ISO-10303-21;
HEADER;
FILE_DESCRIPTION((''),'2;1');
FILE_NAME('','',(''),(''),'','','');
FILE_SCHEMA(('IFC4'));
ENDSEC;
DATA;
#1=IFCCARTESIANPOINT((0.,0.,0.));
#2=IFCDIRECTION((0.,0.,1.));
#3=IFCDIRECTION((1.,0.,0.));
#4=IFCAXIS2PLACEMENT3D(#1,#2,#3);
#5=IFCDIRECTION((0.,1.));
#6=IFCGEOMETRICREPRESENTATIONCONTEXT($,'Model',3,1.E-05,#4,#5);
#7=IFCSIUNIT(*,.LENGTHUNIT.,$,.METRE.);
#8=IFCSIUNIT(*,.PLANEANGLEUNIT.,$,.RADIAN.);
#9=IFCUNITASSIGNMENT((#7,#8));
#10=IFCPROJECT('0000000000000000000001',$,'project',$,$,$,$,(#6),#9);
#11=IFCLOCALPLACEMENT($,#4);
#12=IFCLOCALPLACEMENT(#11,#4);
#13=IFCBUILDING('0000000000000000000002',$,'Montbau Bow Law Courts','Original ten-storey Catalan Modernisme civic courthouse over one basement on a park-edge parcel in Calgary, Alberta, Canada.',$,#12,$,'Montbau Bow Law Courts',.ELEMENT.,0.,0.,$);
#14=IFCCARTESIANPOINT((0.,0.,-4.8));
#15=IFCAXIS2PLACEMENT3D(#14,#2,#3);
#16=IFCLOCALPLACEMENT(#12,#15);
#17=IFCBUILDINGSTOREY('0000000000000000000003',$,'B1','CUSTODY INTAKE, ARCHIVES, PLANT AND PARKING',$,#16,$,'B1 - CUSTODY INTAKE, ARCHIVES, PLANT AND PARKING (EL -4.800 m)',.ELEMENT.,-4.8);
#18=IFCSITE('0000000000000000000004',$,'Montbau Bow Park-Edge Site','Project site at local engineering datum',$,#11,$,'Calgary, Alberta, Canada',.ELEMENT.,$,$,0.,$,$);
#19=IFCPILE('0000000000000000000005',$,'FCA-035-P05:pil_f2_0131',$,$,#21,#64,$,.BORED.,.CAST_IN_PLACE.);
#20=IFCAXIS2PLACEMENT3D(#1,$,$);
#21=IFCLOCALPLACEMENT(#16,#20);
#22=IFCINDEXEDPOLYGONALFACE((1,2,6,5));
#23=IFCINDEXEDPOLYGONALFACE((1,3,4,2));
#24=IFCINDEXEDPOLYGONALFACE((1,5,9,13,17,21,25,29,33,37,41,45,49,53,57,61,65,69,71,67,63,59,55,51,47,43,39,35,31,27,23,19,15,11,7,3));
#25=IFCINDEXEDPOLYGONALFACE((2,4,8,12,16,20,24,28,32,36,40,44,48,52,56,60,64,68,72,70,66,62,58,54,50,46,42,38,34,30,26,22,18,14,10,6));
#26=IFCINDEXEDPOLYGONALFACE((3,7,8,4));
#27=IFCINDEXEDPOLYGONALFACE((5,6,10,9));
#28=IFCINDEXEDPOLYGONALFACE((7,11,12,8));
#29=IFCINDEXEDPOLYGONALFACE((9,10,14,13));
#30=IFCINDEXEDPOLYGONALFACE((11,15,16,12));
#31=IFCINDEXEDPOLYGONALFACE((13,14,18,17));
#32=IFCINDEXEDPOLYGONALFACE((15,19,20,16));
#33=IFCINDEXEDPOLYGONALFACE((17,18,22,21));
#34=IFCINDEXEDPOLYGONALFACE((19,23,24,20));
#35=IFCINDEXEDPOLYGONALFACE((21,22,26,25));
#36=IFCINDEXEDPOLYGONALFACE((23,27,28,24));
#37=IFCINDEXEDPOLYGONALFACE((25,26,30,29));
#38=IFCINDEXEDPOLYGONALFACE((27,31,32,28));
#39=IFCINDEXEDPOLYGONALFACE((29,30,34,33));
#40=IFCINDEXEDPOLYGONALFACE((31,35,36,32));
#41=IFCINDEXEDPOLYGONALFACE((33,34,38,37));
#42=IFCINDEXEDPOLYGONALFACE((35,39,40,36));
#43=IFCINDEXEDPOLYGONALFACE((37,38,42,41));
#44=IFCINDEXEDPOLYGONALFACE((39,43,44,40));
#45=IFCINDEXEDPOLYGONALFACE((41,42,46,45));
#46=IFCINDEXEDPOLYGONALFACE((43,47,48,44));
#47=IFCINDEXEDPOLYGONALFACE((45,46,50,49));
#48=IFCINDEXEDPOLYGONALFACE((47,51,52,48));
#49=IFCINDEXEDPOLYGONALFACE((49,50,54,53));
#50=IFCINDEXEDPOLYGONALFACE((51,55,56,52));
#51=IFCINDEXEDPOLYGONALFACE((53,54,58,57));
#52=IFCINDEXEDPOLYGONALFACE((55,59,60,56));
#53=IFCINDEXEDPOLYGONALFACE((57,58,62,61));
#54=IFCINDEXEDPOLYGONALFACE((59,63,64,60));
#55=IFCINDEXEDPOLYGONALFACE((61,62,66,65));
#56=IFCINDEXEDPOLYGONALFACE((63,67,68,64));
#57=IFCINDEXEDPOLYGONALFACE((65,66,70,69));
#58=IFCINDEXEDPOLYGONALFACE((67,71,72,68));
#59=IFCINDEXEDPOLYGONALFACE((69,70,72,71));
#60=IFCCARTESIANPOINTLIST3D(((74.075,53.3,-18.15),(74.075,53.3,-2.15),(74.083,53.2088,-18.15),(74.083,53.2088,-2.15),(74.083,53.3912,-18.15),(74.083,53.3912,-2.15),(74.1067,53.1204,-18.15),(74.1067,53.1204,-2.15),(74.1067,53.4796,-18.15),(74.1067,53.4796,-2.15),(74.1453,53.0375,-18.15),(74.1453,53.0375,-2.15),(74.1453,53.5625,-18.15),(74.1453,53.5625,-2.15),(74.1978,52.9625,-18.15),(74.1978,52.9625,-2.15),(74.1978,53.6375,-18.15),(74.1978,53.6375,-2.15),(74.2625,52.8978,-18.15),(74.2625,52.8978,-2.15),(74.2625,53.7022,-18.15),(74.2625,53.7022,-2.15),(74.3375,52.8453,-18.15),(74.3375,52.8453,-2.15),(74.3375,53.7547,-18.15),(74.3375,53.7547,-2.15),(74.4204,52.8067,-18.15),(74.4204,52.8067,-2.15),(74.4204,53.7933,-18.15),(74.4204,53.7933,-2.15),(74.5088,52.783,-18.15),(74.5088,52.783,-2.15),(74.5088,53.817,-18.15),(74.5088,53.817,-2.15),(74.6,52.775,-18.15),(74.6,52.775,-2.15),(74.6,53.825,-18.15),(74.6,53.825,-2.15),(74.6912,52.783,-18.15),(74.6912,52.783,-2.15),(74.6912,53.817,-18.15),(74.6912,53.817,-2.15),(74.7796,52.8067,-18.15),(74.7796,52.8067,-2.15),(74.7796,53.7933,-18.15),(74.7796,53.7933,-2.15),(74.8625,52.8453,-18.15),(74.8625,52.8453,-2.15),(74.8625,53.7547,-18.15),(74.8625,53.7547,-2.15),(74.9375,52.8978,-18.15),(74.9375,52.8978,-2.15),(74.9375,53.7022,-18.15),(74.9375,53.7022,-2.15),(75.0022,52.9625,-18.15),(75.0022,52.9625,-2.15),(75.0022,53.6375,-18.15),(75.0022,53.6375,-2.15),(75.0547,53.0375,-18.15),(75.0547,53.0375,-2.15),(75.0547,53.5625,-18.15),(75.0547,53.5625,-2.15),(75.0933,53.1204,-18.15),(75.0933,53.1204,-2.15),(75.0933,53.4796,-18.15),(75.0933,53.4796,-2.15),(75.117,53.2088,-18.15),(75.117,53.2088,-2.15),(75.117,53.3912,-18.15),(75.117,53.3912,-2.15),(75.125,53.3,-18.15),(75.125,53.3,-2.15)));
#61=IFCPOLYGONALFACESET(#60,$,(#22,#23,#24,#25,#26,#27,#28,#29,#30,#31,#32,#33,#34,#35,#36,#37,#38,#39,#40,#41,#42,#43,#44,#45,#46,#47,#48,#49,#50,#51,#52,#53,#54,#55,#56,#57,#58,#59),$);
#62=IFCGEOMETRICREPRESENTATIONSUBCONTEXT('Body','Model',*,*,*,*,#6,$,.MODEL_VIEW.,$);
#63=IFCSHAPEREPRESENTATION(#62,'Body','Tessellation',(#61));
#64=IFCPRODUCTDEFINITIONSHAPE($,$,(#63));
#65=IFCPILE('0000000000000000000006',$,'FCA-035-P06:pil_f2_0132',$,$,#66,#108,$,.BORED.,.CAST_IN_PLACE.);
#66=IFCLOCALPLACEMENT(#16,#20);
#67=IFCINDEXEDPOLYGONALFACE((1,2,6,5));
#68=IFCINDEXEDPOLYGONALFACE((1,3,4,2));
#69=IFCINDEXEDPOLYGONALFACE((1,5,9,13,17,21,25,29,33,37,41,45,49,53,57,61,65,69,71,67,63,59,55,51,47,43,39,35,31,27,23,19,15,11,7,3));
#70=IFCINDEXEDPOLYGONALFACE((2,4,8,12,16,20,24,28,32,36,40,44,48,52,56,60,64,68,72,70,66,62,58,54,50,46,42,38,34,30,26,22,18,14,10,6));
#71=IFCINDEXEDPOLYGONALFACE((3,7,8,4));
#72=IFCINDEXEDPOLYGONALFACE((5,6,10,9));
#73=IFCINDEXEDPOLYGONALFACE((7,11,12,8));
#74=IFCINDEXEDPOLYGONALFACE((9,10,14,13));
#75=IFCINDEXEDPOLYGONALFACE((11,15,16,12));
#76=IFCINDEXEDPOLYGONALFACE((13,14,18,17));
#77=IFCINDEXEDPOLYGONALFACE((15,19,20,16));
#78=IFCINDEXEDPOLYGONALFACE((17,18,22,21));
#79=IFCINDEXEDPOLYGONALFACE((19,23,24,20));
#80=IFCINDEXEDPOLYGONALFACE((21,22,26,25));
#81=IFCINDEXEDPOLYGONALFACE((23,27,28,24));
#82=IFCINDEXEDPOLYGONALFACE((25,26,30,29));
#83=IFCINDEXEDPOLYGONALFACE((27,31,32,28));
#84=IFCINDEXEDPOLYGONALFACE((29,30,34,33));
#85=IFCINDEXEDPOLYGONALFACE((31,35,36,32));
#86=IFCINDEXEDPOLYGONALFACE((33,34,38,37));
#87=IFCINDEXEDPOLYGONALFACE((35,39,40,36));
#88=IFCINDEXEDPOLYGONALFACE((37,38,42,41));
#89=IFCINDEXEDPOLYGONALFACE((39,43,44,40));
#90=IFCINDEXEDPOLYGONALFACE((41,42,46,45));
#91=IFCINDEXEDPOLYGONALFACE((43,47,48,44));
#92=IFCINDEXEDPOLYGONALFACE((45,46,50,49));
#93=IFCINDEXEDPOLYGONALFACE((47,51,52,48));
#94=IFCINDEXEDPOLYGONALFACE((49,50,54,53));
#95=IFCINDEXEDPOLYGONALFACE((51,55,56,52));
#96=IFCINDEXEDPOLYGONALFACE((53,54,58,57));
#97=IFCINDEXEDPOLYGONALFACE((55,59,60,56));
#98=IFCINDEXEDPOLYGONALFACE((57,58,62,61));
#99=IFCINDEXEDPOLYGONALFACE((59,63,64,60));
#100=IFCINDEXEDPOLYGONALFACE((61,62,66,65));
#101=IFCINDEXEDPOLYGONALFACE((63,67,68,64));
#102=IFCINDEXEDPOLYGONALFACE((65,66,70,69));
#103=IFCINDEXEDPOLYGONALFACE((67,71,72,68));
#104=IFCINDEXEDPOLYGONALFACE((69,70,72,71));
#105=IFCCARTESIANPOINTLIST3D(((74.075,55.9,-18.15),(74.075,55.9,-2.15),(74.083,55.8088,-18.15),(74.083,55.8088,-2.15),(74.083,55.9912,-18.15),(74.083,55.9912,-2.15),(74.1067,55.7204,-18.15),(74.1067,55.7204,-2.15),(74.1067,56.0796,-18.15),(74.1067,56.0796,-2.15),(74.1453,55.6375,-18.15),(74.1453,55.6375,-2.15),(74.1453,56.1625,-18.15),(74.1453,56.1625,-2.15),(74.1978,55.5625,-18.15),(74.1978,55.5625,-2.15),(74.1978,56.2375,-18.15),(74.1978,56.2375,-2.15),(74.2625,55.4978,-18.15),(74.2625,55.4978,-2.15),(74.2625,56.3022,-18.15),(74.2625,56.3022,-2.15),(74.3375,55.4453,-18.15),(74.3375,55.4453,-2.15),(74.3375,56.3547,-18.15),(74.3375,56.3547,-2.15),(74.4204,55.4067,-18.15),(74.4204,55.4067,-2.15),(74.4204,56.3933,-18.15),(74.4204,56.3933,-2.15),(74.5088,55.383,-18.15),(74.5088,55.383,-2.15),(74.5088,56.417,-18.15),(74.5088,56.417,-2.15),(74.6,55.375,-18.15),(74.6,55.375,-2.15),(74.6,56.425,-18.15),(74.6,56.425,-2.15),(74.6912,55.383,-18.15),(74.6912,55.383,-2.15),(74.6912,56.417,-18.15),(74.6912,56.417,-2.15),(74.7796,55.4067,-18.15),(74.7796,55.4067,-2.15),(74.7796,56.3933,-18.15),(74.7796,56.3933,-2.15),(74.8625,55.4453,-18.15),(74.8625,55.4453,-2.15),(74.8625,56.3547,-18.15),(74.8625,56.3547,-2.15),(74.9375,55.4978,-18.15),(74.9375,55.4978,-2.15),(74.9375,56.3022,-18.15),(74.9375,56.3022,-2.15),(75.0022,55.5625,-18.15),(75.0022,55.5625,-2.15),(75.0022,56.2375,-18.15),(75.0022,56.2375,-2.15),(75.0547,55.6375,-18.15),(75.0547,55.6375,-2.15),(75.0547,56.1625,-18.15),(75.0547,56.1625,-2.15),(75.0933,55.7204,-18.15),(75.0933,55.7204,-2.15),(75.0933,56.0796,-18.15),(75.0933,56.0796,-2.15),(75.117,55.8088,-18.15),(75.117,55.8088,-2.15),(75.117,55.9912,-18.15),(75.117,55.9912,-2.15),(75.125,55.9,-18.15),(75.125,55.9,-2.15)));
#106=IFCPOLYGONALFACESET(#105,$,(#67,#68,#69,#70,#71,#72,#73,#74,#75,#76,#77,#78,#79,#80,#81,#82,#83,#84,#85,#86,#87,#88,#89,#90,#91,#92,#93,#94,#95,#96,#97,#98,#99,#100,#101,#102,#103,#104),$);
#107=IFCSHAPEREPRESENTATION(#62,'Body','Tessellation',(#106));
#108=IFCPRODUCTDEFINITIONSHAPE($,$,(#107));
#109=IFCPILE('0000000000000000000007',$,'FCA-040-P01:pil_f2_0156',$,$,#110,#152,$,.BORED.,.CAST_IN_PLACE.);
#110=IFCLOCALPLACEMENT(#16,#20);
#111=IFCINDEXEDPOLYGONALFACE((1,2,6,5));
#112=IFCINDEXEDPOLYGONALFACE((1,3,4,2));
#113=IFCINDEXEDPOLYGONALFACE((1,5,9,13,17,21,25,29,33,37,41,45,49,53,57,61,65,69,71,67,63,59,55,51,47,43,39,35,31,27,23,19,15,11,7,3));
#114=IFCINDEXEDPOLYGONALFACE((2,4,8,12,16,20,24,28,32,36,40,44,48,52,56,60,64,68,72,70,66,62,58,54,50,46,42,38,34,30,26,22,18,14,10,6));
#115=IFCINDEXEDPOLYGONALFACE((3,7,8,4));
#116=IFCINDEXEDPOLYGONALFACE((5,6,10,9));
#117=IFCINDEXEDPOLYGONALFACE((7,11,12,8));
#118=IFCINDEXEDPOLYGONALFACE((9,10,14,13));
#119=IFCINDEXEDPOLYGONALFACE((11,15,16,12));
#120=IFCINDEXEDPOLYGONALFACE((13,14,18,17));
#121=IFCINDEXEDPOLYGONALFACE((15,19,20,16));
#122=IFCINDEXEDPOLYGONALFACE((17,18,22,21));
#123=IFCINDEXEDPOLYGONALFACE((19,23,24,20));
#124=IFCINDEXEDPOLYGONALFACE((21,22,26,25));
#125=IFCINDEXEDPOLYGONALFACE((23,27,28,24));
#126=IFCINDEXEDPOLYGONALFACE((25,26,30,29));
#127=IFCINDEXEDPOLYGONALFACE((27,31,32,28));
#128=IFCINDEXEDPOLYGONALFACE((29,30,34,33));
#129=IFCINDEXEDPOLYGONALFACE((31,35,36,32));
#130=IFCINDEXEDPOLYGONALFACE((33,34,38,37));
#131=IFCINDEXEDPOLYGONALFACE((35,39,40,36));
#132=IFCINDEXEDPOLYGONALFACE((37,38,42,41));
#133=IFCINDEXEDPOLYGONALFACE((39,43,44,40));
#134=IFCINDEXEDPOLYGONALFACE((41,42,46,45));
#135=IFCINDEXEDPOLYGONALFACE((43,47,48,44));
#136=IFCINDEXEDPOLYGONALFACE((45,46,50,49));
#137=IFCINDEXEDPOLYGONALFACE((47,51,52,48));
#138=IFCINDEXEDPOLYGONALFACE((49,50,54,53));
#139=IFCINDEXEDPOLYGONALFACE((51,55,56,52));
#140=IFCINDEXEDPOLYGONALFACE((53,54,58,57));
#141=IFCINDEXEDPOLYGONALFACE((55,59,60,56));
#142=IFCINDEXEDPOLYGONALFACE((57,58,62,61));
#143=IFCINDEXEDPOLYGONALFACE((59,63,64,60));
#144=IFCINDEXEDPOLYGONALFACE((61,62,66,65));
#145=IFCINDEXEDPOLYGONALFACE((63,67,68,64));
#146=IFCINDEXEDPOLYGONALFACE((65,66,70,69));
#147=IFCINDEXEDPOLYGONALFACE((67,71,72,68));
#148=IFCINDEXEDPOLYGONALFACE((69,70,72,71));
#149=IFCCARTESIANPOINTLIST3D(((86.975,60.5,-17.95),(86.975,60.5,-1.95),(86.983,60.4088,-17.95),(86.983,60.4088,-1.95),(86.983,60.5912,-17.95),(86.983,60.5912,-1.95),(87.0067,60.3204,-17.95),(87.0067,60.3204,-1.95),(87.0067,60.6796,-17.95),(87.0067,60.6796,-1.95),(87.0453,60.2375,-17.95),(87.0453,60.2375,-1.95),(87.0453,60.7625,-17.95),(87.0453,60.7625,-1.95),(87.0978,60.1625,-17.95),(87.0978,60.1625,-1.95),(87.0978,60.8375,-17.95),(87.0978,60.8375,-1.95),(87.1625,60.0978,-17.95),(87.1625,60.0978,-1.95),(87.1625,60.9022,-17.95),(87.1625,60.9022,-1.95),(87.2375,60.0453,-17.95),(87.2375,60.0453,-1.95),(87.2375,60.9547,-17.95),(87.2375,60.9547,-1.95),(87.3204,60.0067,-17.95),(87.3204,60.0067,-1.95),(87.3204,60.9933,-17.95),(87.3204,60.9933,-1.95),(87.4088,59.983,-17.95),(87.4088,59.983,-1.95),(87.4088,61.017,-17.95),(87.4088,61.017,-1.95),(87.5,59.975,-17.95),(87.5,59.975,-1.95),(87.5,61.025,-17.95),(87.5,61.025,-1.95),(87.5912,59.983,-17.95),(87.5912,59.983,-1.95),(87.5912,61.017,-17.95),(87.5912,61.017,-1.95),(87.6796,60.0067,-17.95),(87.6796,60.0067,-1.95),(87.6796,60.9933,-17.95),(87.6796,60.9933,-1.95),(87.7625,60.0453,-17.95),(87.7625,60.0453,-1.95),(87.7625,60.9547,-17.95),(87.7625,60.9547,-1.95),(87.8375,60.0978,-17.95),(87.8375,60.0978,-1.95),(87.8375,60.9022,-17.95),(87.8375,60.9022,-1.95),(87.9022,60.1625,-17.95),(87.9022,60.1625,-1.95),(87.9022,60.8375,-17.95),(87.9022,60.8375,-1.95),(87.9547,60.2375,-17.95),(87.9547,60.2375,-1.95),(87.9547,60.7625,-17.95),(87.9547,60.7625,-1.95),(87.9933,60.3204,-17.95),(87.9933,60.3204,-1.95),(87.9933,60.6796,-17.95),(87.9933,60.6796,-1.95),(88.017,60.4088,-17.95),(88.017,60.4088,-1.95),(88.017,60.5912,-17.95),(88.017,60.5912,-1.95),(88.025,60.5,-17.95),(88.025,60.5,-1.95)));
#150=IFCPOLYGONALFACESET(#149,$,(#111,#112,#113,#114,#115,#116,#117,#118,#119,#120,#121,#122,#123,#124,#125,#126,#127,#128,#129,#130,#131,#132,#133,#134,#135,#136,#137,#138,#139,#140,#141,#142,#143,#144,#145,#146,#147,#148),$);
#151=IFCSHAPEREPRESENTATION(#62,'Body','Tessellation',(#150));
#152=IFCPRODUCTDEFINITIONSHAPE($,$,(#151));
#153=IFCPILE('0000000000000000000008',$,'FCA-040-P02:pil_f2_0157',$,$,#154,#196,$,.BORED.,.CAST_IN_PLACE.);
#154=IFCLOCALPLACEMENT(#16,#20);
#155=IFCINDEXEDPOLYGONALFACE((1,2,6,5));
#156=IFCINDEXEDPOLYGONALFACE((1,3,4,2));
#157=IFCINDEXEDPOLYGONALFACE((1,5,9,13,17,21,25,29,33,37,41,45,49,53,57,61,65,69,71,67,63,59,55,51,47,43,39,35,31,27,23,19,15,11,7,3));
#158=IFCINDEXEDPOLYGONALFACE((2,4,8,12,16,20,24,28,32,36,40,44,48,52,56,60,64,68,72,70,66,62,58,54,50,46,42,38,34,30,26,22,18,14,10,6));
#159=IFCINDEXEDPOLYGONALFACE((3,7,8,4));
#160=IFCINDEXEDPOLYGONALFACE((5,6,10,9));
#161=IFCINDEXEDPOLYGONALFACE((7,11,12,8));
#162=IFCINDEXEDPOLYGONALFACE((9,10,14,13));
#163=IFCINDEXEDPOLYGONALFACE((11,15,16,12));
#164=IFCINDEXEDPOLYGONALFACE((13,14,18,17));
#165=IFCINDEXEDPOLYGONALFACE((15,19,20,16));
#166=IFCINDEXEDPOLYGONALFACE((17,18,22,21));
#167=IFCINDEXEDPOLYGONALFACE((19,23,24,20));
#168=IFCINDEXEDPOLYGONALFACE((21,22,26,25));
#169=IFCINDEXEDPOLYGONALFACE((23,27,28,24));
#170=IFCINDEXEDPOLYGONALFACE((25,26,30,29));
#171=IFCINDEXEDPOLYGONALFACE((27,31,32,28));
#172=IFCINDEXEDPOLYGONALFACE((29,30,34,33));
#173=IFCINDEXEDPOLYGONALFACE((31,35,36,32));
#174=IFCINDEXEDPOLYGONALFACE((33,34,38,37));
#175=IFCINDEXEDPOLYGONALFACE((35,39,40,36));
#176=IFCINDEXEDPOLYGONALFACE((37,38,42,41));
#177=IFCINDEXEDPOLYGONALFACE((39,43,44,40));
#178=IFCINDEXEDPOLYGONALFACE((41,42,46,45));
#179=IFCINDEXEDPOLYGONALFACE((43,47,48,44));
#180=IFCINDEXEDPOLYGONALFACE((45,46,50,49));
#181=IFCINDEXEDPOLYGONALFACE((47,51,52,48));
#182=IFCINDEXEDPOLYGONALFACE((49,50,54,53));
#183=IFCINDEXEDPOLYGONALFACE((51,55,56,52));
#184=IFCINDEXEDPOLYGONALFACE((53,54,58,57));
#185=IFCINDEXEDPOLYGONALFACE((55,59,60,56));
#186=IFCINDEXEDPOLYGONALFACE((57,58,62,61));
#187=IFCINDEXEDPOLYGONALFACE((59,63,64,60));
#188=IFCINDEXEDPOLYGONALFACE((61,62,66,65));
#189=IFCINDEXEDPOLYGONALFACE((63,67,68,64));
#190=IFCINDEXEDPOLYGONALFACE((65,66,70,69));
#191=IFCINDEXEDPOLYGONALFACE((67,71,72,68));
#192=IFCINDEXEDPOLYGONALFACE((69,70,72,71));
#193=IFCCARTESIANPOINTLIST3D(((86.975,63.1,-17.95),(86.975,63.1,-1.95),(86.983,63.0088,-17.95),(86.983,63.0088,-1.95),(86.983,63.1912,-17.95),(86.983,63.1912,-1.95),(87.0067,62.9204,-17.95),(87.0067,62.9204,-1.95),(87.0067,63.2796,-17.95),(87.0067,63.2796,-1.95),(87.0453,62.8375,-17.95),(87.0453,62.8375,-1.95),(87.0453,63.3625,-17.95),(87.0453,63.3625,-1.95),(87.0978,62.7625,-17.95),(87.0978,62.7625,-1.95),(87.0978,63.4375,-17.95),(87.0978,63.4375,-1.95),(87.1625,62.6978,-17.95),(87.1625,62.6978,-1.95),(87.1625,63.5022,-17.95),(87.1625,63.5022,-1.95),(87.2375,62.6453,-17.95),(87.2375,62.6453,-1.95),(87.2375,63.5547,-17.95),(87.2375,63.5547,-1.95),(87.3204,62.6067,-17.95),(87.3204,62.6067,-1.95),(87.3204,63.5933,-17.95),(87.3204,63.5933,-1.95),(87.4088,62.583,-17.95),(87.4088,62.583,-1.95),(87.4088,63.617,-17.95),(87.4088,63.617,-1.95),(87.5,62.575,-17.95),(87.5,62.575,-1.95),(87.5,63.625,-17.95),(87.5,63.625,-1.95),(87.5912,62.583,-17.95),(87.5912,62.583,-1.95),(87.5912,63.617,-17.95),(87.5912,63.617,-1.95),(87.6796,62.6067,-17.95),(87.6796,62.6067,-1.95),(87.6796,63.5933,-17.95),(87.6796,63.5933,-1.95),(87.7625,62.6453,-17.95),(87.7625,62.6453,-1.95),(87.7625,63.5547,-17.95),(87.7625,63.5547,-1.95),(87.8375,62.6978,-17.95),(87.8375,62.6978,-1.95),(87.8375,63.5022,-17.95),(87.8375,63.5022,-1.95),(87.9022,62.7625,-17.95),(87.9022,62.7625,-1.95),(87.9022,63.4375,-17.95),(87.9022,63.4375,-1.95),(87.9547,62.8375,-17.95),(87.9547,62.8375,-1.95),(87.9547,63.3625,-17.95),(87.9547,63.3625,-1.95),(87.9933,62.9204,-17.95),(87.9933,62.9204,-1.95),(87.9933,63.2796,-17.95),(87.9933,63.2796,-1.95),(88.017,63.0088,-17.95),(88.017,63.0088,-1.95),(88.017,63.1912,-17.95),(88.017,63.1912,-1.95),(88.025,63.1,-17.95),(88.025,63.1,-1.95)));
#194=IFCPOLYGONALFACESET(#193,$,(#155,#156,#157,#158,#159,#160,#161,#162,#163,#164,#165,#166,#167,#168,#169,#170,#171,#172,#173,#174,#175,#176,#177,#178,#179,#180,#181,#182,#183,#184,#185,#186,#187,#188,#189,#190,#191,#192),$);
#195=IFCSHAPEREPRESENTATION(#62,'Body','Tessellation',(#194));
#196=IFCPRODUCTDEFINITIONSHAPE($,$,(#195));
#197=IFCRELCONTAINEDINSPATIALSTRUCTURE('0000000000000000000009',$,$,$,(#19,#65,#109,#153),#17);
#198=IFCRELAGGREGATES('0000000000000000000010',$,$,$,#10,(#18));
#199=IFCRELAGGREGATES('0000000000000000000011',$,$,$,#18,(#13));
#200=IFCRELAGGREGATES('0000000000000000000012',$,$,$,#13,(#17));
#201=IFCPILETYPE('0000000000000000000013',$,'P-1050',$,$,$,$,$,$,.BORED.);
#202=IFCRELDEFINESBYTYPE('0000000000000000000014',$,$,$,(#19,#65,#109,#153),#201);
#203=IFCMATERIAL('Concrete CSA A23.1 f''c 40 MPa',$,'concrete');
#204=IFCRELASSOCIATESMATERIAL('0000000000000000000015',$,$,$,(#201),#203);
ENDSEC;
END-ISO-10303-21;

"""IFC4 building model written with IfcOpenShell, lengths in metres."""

from ifc_helpers import new_model, si_unit, direction, frame, origin_with_axes, origin_2d_with_axis, place, context, subcontext, project, spatial, circle, extrude, material, material_profile, profile_set, type_object, element, save


model = new_model("IFC4")

# Units and contexts
model_context = context("Model", 3, precision=1e-05, world=origin_with_axes(), true_north=direction((0.0, 1.0)))
body_context = subcontext(model_context, "Body", "Model", "MODEL_VIEW")
ifc_project = project(units=[si_unit("LENGTHUNIT", "METRE"), si_unit("PLANEANGLEUNIT", "RADIAN")], contexts=[model_context])

# Site, building, storey
site_placement = place(None, origin_with_axes())
site = spatial("IfcSite", under=ifc_project, at=site_placement, Name="Montbau Bow Park-Edge Site", Description="Project site at local engineering datum", LongName="Calgary, Alberta, Canada", CompositionType="ELEMENT", RefElevation=0.0)
building_placement = place(site_placement, origin_with_axes())
building = spatial("IfcBuilding", under=site, at=building_placement, Name="Montbau Bow Law Courts", Description="Original ten-storey Catalan Modernisme civic courthouse over one basement on a park-edge parcel in Calgary, Alberta, Canada.", LongName="Montbau Bow Law Courts", CompositionType="ELEMENT", ElevationOfRefHeight=0.0, ElevationOfTerrain=0.0)
storey_placement = place(building_placement, frame((0.0, 0.0, -4.8), z_axis=(0.0, 0.0, 1.0), x_axis=(1.0, 0.0, 0.0)))
storey = spatial("IfcBuildingStorey", under=building, at=storey_placement, Name="B1", Description="CUSTODY INTAKE, ARCHIVES, PLANT AND PARKING", LongName="B1 - CUSTODY INTAKE, ARCHIVES, PLANT AND PARKING (EL -4.800 m)", CompositionType="ELEMENT", Elevation=-4.8)

# Piles
ifc_material_1 = material(Name="Concrete CSA A23.1 f'c 40 MPa", Category="concrete")
ifc_material_profile_1 = material_profile(ifc_material_1, circle(Radius=0.525, at=origin_2d_with_axis()), Name="BP1050", Category="Main", Priority=0)
ifc_profile_set_1 = profile_set([ifc_material_profile_1], Name="Concrete CSA A23.1 f'c 40 MPa")
pile_type_1 = type_object("IfcPileType", Name="P-1050", PredefinedType="BORED", material=ifc_profile_set_1)
for number, where, z_axis, x_axis, name in (
    (1, (74.6, 53.3, -22.95), (0.0, 0.0, 1.0), (1.0, 0.0, 0.0), "FCA-035-P05:pil_f2_0131"),
    (2, (74.6, 55.9, -22.95), (0.0, 0.0, 1.0), (1.0, 0.0, 0.0), "FCA-035-P06:pil_f2_0132"),
    (3, (87.5, 60.5, -22.75), (0.0, 0.0, 1.0), (1.0, 0.0, 0.0), "FCA-040-P01:pil_f2_0156"),
    (4, (87.5, 63.1, -22.75), (0.0, 0.0, 1.0), (1.0, 0.0, 0.0), "FCA-040-P02:pil_f2_0157"),
):
    element("IfcPile", number, at=place(None, frame(where, z_axis=z_axis, x_axis=x_axis)), inside=storey, type_object=pile_type_1, Name=name, ConstructionType="CAST_IN_PLACE", PredefinedType="BORED", context=body_context, shape_type="SweptSolid", body=[
        extrude(circle(Radius=0.525, at=origin_2d_with_axis()), origin_with_axes(), (0.0, 0.0, 1.0), 16.0),
    ])

save(model, "model.ifc")
